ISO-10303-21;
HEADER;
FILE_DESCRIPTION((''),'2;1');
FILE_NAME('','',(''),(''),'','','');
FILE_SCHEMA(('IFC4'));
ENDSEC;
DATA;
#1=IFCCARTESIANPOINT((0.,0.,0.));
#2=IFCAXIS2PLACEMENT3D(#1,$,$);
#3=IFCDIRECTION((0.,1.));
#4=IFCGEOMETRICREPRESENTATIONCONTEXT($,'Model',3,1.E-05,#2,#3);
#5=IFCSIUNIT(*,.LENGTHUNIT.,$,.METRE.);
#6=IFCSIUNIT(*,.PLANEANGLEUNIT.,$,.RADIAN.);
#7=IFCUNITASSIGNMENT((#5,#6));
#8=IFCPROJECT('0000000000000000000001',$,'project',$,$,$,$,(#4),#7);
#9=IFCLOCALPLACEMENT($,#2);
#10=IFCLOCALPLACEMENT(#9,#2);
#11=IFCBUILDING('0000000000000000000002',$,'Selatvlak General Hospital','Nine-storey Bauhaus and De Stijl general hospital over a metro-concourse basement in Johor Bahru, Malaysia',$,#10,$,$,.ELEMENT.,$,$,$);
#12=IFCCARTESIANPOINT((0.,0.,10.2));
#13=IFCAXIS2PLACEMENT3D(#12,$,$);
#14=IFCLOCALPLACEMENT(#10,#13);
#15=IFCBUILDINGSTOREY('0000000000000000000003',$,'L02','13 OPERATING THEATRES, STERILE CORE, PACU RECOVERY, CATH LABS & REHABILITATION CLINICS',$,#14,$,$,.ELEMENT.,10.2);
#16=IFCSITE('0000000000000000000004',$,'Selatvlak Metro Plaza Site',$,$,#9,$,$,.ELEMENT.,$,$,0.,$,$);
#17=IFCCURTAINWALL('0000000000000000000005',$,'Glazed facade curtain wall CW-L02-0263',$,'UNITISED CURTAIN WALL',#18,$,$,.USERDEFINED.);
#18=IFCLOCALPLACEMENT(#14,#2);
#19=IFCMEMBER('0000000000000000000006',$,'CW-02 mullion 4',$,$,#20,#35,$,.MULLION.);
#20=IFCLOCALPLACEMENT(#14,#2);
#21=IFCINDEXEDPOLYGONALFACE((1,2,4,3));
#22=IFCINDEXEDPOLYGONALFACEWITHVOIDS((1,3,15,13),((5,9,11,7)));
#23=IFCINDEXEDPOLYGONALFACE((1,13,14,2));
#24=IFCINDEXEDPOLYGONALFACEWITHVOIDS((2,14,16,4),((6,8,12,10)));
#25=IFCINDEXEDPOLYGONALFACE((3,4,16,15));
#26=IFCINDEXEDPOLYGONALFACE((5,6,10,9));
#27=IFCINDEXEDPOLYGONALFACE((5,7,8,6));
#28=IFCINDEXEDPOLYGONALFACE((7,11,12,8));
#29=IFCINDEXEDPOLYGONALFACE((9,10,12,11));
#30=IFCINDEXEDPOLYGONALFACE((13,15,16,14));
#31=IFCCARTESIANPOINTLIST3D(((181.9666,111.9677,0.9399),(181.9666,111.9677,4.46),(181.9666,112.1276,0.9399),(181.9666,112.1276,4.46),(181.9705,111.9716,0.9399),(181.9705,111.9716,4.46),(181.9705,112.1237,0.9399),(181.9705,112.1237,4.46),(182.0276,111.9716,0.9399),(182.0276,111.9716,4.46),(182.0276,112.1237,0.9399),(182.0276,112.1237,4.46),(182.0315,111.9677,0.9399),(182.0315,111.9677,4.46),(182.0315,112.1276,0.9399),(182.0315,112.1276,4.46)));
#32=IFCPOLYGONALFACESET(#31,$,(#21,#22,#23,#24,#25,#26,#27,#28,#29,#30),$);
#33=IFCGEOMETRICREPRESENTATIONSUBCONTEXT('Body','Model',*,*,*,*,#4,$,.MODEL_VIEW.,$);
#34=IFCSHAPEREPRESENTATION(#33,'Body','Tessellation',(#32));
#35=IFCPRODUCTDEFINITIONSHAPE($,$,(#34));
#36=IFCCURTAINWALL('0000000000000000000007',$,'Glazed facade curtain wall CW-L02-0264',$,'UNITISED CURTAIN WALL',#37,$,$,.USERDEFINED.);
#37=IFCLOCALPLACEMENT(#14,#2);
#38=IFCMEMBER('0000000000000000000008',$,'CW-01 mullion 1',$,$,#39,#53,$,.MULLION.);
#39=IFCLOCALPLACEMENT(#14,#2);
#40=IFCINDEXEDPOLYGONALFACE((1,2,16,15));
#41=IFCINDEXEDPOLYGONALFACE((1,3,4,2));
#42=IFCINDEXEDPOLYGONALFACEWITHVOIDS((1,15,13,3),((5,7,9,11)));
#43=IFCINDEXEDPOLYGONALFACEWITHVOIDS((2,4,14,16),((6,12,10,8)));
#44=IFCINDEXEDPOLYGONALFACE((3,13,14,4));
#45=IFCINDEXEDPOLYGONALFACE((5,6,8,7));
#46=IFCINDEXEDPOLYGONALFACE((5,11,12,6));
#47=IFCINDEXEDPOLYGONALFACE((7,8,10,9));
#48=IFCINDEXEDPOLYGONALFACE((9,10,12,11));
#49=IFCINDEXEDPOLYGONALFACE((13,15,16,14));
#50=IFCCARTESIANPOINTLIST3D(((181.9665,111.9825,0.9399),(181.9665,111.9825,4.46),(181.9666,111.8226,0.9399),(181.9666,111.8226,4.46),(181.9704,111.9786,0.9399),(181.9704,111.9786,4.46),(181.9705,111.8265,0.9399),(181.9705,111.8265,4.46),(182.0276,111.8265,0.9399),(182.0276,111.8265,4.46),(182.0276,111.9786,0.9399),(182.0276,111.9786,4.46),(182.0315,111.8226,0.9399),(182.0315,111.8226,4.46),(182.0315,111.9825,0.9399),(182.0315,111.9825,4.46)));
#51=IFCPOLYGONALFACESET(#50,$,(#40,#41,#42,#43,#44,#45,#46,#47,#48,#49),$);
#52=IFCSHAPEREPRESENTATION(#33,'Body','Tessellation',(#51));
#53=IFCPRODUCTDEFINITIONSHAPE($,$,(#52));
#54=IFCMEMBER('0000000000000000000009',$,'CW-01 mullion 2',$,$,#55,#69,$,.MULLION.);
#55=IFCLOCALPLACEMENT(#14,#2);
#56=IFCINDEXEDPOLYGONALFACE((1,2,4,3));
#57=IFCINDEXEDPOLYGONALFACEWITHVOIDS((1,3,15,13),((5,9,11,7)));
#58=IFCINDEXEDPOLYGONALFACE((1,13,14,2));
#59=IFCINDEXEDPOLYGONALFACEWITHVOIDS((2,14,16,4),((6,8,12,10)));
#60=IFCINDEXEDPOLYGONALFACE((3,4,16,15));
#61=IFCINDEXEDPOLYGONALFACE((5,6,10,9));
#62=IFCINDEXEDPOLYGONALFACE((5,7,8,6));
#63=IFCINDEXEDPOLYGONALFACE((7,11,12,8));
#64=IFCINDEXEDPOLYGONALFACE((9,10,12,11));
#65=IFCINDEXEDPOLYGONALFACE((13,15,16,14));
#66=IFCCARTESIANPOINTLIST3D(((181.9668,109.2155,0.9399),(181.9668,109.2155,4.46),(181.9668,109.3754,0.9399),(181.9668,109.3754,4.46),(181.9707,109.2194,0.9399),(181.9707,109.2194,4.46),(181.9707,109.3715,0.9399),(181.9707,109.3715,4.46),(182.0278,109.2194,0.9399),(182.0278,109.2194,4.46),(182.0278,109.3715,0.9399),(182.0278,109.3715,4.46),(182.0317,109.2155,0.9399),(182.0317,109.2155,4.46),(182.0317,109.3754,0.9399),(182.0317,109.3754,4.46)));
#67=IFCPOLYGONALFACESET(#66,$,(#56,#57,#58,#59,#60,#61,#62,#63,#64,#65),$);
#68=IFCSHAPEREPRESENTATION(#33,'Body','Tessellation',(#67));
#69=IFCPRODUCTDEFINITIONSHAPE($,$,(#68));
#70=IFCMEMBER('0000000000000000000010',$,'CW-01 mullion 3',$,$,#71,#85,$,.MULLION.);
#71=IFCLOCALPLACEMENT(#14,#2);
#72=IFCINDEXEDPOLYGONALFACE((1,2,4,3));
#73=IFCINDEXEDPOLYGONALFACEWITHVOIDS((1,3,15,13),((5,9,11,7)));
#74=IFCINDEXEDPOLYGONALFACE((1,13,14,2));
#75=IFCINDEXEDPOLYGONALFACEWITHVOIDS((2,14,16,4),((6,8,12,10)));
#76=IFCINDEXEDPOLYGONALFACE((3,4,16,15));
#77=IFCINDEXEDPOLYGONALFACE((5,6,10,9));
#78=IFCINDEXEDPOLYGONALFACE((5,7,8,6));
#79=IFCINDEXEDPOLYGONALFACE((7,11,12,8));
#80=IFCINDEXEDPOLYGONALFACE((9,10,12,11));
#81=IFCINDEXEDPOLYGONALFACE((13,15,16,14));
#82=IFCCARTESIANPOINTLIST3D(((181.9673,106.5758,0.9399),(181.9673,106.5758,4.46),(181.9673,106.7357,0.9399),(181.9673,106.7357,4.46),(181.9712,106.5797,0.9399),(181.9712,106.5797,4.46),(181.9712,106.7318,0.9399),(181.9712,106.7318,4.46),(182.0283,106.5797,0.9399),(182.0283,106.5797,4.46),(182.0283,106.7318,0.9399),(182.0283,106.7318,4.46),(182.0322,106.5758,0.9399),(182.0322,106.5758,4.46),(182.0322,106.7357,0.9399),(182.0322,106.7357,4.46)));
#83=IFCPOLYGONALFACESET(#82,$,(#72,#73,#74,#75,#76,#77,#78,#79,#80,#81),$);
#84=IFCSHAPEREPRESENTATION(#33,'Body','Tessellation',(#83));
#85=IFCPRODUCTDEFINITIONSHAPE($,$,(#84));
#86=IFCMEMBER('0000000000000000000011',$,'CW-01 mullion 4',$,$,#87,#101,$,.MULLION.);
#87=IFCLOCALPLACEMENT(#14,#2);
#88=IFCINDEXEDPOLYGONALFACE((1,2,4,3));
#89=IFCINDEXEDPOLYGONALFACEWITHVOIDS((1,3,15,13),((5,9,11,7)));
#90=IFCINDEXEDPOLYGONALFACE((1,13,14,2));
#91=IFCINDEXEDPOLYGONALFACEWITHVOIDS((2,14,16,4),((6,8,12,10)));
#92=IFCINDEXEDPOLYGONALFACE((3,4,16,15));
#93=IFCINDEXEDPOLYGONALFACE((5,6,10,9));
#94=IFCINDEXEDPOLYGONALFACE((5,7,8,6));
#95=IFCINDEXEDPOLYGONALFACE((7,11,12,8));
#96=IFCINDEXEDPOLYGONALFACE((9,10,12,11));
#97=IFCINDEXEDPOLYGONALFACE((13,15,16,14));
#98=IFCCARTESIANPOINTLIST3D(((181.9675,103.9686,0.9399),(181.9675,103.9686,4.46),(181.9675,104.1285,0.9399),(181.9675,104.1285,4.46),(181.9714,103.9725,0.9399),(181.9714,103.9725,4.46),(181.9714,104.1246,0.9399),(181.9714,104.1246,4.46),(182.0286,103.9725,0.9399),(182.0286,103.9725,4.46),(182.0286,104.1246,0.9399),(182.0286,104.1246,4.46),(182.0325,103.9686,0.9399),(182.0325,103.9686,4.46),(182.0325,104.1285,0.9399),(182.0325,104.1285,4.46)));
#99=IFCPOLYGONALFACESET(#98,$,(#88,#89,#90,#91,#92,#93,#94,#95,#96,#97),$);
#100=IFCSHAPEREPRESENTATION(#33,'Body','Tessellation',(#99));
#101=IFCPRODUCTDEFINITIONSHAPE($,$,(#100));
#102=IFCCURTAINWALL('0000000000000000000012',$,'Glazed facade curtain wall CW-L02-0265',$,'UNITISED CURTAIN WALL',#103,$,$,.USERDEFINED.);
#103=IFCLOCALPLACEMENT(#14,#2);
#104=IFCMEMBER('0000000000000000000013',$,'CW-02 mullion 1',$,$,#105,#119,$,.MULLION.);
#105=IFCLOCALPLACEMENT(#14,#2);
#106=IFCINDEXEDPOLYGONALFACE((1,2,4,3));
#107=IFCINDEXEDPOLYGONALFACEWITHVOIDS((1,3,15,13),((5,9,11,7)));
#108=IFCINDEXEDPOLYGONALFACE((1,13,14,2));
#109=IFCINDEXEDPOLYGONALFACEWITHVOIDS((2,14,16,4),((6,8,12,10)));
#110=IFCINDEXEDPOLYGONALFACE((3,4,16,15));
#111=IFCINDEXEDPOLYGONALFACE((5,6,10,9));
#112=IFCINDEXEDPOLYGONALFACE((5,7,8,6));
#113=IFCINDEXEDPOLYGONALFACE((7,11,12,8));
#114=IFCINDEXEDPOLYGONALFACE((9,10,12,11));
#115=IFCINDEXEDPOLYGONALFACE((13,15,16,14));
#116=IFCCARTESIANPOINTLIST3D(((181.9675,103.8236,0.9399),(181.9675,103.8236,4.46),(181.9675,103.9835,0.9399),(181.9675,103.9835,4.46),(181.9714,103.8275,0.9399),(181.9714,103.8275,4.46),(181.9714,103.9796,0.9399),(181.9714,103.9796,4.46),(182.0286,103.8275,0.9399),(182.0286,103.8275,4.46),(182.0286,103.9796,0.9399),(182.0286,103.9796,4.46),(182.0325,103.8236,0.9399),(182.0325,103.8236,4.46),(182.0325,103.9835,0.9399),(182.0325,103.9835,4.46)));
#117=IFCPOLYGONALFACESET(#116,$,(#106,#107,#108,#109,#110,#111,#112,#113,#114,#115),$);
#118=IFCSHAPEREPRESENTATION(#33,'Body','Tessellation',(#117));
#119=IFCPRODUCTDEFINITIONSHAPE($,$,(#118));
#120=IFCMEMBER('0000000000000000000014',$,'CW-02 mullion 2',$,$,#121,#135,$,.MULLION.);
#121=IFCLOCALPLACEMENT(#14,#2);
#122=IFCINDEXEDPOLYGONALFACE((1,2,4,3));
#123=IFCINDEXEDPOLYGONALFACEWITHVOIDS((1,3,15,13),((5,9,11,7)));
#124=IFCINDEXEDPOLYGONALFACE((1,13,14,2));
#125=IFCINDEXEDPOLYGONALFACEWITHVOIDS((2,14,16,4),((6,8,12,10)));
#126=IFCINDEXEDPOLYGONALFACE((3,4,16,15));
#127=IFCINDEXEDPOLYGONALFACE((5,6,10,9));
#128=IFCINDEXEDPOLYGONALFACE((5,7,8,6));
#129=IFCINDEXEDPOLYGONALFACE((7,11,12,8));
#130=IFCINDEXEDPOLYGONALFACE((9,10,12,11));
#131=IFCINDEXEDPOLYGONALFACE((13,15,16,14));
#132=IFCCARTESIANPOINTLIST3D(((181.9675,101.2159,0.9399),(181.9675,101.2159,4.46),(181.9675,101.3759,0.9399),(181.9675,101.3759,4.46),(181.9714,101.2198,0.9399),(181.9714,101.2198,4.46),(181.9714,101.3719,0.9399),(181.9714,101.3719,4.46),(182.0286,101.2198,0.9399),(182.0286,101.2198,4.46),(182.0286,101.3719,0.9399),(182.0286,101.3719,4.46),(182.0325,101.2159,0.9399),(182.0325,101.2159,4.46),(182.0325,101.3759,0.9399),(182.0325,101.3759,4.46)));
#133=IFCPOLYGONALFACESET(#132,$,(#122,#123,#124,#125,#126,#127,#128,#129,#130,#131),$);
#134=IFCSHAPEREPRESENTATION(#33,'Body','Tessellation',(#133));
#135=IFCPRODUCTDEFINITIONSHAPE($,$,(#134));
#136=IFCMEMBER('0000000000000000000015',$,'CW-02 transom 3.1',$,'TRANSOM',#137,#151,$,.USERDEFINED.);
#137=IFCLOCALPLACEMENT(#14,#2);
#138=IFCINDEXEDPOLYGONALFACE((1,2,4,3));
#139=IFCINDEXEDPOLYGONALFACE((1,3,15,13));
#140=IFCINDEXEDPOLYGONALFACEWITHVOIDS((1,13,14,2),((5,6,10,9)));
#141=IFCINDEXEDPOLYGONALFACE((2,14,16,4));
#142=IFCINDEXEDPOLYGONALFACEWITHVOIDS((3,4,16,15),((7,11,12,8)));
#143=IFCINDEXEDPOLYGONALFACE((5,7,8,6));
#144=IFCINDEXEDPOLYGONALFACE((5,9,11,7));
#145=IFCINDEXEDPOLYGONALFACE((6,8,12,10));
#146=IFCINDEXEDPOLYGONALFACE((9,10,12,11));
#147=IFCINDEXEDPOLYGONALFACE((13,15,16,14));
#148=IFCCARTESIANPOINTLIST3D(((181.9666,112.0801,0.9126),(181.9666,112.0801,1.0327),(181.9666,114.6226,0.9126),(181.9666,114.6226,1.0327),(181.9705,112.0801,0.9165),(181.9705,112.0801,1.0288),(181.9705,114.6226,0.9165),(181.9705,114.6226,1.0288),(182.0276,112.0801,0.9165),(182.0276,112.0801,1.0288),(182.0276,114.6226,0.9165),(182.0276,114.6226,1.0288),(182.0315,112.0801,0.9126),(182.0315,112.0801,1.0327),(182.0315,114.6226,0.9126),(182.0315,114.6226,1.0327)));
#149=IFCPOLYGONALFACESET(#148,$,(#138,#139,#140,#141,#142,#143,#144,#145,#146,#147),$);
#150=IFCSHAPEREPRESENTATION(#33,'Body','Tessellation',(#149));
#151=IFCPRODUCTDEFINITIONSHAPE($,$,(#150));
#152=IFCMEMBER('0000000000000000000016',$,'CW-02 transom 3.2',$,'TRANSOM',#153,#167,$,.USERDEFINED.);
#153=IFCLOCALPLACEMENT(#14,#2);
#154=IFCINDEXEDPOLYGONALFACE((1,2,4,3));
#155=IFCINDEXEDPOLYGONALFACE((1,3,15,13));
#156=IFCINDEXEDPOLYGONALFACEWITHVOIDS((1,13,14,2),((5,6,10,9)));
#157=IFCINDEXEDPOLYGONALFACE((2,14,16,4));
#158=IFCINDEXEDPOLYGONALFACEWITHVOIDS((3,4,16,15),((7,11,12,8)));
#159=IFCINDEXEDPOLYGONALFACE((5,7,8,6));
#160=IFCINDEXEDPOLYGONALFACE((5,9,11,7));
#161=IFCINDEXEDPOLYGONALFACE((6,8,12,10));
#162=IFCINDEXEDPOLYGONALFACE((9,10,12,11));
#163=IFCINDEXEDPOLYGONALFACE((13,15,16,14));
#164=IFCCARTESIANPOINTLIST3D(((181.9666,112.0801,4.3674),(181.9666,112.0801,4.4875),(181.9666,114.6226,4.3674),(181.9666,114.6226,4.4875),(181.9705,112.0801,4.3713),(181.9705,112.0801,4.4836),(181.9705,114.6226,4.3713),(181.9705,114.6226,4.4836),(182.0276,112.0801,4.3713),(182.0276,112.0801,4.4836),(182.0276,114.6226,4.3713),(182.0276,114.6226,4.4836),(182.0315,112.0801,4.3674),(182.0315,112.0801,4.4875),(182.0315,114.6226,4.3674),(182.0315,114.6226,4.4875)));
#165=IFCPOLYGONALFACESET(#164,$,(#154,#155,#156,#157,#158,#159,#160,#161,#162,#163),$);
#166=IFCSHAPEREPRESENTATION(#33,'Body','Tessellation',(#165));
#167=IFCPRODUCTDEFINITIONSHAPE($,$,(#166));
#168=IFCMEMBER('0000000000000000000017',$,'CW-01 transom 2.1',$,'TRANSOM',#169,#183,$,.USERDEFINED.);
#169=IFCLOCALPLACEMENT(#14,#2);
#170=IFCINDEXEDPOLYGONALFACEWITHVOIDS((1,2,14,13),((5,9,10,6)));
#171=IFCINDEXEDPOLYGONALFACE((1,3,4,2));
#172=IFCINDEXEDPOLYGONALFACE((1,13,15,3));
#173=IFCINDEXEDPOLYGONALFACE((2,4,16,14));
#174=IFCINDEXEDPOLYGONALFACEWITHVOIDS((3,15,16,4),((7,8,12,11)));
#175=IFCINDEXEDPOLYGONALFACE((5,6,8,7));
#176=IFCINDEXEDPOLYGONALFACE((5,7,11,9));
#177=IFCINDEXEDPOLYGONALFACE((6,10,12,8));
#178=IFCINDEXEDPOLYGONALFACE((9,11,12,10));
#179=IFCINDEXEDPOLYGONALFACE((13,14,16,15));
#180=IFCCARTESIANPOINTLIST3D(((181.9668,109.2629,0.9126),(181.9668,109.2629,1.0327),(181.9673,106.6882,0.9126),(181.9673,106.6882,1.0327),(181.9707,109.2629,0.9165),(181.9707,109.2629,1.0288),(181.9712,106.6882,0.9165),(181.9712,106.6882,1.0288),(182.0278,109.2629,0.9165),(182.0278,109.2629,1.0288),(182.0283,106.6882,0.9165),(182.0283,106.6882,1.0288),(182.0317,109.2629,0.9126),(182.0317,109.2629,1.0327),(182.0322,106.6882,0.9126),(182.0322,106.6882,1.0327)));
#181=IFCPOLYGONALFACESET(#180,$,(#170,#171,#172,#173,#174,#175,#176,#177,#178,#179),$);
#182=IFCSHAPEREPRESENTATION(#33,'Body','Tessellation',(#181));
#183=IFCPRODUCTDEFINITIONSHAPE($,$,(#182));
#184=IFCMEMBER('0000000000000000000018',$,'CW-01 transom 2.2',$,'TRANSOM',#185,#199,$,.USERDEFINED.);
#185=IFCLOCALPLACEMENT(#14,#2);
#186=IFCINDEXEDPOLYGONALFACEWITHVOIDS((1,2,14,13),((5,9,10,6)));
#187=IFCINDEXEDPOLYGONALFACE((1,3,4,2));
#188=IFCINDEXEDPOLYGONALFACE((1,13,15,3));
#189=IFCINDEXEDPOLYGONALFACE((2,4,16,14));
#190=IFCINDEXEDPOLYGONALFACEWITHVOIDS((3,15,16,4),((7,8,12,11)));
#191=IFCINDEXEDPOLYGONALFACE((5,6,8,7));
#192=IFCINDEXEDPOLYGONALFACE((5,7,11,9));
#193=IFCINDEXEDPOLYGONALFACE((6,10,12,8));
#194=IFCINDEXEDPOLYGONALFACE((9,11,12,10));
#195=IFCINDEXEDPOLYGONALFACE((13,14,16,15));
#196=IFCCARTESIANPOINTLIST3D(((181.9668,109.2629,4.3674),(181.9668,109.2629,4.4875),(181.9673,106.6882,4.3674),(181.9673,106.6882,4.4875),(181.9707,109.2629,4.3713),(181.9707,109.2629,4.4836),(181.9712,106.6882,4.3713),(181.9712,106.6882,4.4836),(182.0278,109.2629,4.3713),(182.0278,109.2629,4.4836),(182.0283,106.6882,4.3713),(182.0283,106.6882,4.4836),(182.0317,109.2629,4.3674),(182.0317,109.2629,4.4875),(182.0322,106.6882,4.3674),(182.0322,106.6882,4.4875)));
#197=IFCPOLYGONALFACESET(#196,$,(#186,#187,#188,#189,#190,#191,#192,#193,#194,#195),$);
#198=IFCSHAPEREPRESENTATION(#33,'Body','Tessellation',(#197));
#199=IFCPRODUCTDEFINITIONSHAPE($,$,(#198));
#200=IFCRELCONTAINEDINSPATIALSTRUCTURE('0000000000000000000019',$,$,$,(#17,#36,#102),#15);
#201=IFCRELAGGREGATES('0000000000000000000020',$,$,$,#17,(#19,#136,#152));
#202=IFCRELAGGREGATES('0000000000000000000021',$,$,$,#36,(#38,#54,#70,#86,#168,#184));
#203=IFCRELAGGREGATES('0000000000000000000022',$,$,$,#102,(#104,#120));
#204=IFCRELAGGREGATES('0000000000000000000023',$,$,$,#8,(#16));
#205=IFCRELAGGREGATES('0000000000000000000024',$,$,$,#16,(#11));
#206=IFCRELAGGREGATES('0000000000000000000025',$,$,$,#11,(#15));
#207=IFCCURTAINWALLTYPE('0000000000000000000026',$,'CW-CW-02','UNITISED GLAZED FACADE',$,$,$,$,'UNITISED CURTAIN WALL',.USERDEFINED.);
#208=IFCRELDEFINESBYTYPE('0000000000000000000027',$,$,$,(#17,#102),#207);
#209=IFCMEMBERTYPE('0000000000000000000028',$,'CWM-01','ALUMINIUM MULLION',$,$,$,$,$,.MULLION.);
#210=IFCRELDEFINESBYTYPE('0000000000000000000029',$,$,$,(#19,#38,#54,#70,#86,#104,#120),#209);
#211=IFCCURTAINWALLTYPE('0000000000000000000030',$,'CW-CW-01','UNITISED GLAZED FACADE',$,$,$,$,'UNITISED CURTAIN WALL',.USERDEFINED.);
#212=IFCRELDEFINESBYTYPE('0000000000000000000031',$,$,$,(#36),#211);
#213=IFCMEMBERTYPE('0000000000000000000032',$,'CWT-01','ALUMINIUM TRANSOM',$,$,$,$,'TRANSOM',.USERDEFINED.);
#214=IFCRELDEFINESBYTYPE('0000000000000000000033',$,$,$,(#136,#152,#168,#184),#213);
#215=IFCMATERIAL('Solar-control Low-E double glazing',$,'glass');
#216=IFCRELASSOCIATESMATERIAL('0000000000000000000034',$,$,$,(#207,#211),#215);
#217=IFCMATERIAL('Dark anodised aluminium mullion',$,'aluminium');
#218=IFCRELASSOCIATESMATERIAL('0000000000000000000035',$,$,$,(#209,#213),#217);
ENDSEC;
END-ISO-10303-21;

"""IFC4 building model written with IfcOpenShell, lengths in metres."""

from ifc_helpers import new_model, si_unit, direction, frame, origin, origin_2d, place, context, subcontext, project, spatial, hollow_rectangle, extrude, material, material_profile, profile_set, type_object, element, aggregate, save


model = new_model("IFC4")

# Units and contexts
model_context = context("Model", 3, precision=1e-05, world=origin(), true_north=direction((0.0, 1.0)))
body_context = subcontext(model_context, "Body", "Model", "MODEL_VIEW")
ifc_project = project(units=[si_unit("LENGTHUNIT", "METRE"), si_unit("PLANEANGLEUNIT", "RADIAN")], contexts=[model_context])

# Site, building, storey
site_placement = place(None, origin())
site = spatial("IfcSite", under=ifc_project, at=site_placement, Name="Selatvlak Metro Plaza Site", CompositionType="ELEMENT", RefElevation=0.0)
building_placement = place(site_placement, origin())
building = spatial("IfcBuilding", under=site, at=building_placement, Name="Selatvlak General Hospital", Description="Nine-storey Bauhaus and De Stijl general hospital over a metro-concourse basement in Johor Bahru, Malaysia", CompositionType="ELEMENT")
storey_placement = place(building_placement, frame((0.0, 0.0, 10.2)))
storey = spatial("IfcBuildingStorey", under=building, at=storey_placement, Name="L02", Description="13 OPERATING THEATRES, STERILE CORE, PACU RECOVERY, CATH LABS & REHABILITATION CLINICS", CompositionType="ELEMENT", Elevation=10.2)

# Curtain wall, member
ifc_material_1 = material(Name="Solar-control Low-E double glazing", Category="glass")
curtain_wall_type_1 = type_object("IfcCurtainWallType", Name="CW-CW-02", Description="UNITISED GLAZED FACADE", ElementType="UNITISED CURTAIN WALL", PredefinedType="USERDEFINED", material=ifc_material_1)
curtain_wall_1_placement = place(storey_placement, origin())
curtain_wall_1 = element("IfcCurtainWall", 1, at=curtain_wall_1_placement, inside=storey, type_object=curtain_wall_type_1, Name="Glazed facade curtain wall CW-L02-0263", ObjectType="UNITISED CURTAIN WALL", PredefinedType="USERDEFINED")
ifc_material_2 = material(Name="Dark anodised aluminium mullion", Category="aluminium")
ifc_material_profile_1 = material_profile(ifc_material_2, hollow_rectangle(XDim=0.0649, YDim=0.1599, WallThickness=0.0039, at=origin_2d()), Name="AL-MUL 65x160x4")
ifc_profile_set_1 = profile_set([ifc_material_profile_1], Name="Dark anodised aluminium mullion")
member_type_1 = type_object("IfcMemberType", Name="CWM-01", Description="ALUMINIUM MULLION", PredefinedType="MULLION", material=ifc_profile_set_1)
member_1_placement = place(storey_placement, frame((181.999, 112.0476, 0.9399), z_axis=(0.0, 0.0, 1.0), x_axis=(1.0, 0.0, 0.0)))
member_1 = element("IfcMember", 2, at=member_1_placement, type_object=member_type_1, Name="CW-02 mullion 4", PredefinedType="MULLION", context=body_context, shape_type="SweptSolid", body=[
    extrude(hollow_rectangle(XDim=0.0649, YDim=0.1599, WallThickness=0.0039, at=origin_2d()), origin(), (0.0, 0.0, 1.0), 3.52),
])

# Curtain walls, members
curtain_wall_type_2 = type_object("IfcCurtainWallType", Name="CW-CW-01", Description="UNITISED GLAZED FACADE", ElementType="UNITISED CURTAIN WALL", PredefinedType="USERDEFINED", material=ifc_material_1)
curtain_wall_2_placement = place(storey_placement, origin())
curtain_wall_2 = element("IfcCurtainWall", 3, at=curtain_wall_2_placement, inside=storey, type_object=curtain_wall_type_2, Name="Glazed facade curtain wall CW-L02-0264", ObjectType="UNITISED CURTAIN WALL", PredefinedType="USERDEFINED")
member_2_placement = place(storey_placement, frame((181.999, 111.9026, 0.9399), z_axis=(0.0, 0.0, 1.0), x_axis=(1.0, 0.000126, 0.0)))
member_2 = element("IfcMember", 4, at=member_2_placement, type_object=member_type_1, Name="CW-01 mullion 1", PredefinedType="MULLION", context=body_context, shape_type="SweptSolid", body=[
    extrude(hollow_rectangle(XDim=0.0649, YDim=0.1599, WallThickness=0.0039, at=origin_2d()), origin(), (0.0, 0.0, 1.0), 3.52),
])
member_3_placement = place(storey_placement, frame((181.9993, 109.2954, 0.9399), z_axis=(0.0, 0.0, 1.0), x_axis=(1.0, 0.000126, 0.0)))
member_3 = element("IfcMember", 5, at=member_3_placement, type_object=member_type_1, Name="CW-01 mullion 2", PredefinedType="MULLION", context=body_context, shape_type="SweptSolid", body=[
    extrude(hollow_rectangle(XDim=0.0649, YDim=0.1599, WallThickness=0.0039, at=origin_2d()), origin(), (0.0, 0.0, 1.0), 3.52),
])
member_4_placement = place(storey_placement, frame((181.9998, 106.6558, 0.9399), z_axis=(0.0, 0.0, 1.0), x_axis=(1.0, 0.000126, 0.0)))
member_4 = element("IfcMember", 6, at=member_4_placement, type_object=member_type_1, Name="CW-01 mullion 3", PredefinedType="MULLION", context=body_context, shape_type="SweptSolid", body=[
    extrude(hollow_rectangle(XDim=0.0649, YDim=0.1599, WallThickness=0.0039, at=origin_2d()), origin(), (0.0, 0.0, 1.0), 3.52),
])
member_5_placement = place(storey_placement, frame((182.0, 104.0486, 0.9399), z_axis=(0.0, 0.0, 1.0), x_axis=(1.0, 0.000126, 0.0)))
member_5 = element("IfcMember", 7, at=member_5_placement, type_object=member_type_1, Name="CW-01 mullion 4", PredefinedType="MULLION", context=body_context, shape_type="SweptSolid", body=[
    extrude(hollow_rectangle(XDim=0.0649, YDim=0.1599, WallThickness=0.0039, at=origin_2d()), origin(), (0.0, 0.0, 1.0), 3.52),
])
curtain_wall_3_placement = place(storey_placement, origin())
curtain_wall_3 = element("IfcCurtainWall", 8, at=curtain_wall_3_placement, inside=storey, type_object=curtain_wall_type_1, Name="Glazed facade curtain wall CW-L02-0265", ObjectType="UNITISED CURTAIN WALL", PredefinedType="USERDEFINED")
member_6_placement = place(storey_placement, frame((182.0, 103.9036, 0.9399), z_axis=(0.0, 0.0, 1.0), x_axis=(1.0, 0.0, 0.0)))
member_6 = element("IfcMember", 9, at=member_6_placement, type_object=member_type_1, Name="CW-02 mullion 1", PredefinedType="MULLION", context=body_context, shape_type="SweptSolid", body=[
    extrude(hollow_rectangle(XDim=0.0649, YDim=0.1599, WallThickness=0.0039, at=origin_2d()), origin(), (0.0, 0.0, 1.0), 3.52),
])
member_7_placement = place(storey_placement, frame((182.0, 101.2959, 0.9399), z_axis=(0.0, 0.0, 1.0), x_axis=(1.0, 0.0, 0.0)))
member_7 = element("IfcMember", 10, at=member_7_placement, type_object=member_type_1, Name="CW-02 mullion 2", PredefinedType="MULLION", context=body_context, shape_type="SweptSolid", body=[
    extrude(hollow_rectangle(XDim=0.0649, YDim=0.1599, WallThickness=0.0039, at=origin_2d()), origin(), (0.0, 0.0, 1.0), 3.52),
])

# Members
ifc_material_profile_2 = material_profile(ifc_material_2, hollow_rectangle(XDim=0.0649, YDim=0.1201, WallThickness=0.0039, at=origin_2d()), Name="AL-TRN 65x120x4")
ifc_profile_set_2 = profile_set([ifc_material_profile_2], Name="Dark anodised aluminium mullion")
member_type_2 = type_object("IfcMemberType", Name="CWT-01", Description="ALUMINIUM TRANSOM", ElementType="TRANSOM", PredefinedType="USERDEFINED", material=ifc_profile_set_2)
member_8_placement = place(storey_placement, frame((181.999, 114.6226, 0.9727), z_axis=(0.0, -1.0, 0.0), x_axis=(1.0, 0.0, 0.0)))
member_8 = element("IfcMember", 11, at=member_8_placement, type_object=member_type_2, Name="CW-02 transom 3.1", ObjectType="TRANSOM", PredefinedType="USERDEFINED", context=body_context, shape_type="SweptSolid", body=[
    extrude(hollow_rectangle(XDim=0.0649, YDim=0.1201, WallThickness=0.0039, at=origin_2d()), origin(), (0.0, 0.0, 1.0), 2.5425),
])
member_9_placement = place(storey_placement, frame((181.999, 114.6226, 4.4275), z_axis=(0.0, -1.0, 0.0), x_axis=(1.0, 0.0, 0.0)))
member_9 = element("IfcMember", 12, at=member_9_placement, type_object=member_type_2, Name="CW-02 transom 3.2", ObjectType="TRANSOM", PredefinedType="USERDEFINED", context=body_context, shape_type="SweptSolid", body=[
    extrude(hollow_rectangle(XDim=0.0649, YDim=0.1201, WallThickness=0.0039, at=origin_2d()), origin(), (0.0, 0.0, 1.0), 2.5425),
])
member_10_placement = place(storey_placement, frame((181.9993, 109.2629, 0.9727), z_axis=(0.00019, -1.0, 0.0), x_axis=(1.0, 0.00019, 0.0)))
member_10 = element("IfcMember", 13, at=member_10_placement, type_object=member_type_2, Name="CW-01 transom 2.1", ObjectType="TRANSOM", PredefinedType="USERDEFINED", context=body_context, shape_type="SweptSolid", body=[
    extrude(hollow_rectangle(XDim=0.0649, YDim=0.1201, WallThickness=0.0039, at=origin_2d()), origin(), (0.0, 0.0, 1.0), 2.5747),
])
member_11_placement = place(storey_placement, frame((181.9993, 109.2629, 4.4275), z_axis=(0.00019, -1.0, 0.0), x_axis=(1.0, 0.00019, 0.0)))
member_11 = element("IfcMember", 14, at=member_11_placement, type_object=member_type_2, Name="CW-01 transom 2.2", ObjectType="TRANSOM", PredefinedType="USERDEFINED", context=body_context, shape_type="SweptSolid", body=[
    extrude(hollow_rectangle(XDim=0.0649, YDim=0.1201, WallThickness=0.0039, at=origin_2d()), origin(), (0.0, 0.0, 1.0), 2.5747),
])

aggregate(curtain_wall_1, [member_1, member_8, member_9])
aggregate(curtain_wall_2, [member_2, member_3, member_4, member_5, member_10, member_11])
aggregate(curtain_wall_3, [member_6, member_7])

save(model, "model.ifc")
